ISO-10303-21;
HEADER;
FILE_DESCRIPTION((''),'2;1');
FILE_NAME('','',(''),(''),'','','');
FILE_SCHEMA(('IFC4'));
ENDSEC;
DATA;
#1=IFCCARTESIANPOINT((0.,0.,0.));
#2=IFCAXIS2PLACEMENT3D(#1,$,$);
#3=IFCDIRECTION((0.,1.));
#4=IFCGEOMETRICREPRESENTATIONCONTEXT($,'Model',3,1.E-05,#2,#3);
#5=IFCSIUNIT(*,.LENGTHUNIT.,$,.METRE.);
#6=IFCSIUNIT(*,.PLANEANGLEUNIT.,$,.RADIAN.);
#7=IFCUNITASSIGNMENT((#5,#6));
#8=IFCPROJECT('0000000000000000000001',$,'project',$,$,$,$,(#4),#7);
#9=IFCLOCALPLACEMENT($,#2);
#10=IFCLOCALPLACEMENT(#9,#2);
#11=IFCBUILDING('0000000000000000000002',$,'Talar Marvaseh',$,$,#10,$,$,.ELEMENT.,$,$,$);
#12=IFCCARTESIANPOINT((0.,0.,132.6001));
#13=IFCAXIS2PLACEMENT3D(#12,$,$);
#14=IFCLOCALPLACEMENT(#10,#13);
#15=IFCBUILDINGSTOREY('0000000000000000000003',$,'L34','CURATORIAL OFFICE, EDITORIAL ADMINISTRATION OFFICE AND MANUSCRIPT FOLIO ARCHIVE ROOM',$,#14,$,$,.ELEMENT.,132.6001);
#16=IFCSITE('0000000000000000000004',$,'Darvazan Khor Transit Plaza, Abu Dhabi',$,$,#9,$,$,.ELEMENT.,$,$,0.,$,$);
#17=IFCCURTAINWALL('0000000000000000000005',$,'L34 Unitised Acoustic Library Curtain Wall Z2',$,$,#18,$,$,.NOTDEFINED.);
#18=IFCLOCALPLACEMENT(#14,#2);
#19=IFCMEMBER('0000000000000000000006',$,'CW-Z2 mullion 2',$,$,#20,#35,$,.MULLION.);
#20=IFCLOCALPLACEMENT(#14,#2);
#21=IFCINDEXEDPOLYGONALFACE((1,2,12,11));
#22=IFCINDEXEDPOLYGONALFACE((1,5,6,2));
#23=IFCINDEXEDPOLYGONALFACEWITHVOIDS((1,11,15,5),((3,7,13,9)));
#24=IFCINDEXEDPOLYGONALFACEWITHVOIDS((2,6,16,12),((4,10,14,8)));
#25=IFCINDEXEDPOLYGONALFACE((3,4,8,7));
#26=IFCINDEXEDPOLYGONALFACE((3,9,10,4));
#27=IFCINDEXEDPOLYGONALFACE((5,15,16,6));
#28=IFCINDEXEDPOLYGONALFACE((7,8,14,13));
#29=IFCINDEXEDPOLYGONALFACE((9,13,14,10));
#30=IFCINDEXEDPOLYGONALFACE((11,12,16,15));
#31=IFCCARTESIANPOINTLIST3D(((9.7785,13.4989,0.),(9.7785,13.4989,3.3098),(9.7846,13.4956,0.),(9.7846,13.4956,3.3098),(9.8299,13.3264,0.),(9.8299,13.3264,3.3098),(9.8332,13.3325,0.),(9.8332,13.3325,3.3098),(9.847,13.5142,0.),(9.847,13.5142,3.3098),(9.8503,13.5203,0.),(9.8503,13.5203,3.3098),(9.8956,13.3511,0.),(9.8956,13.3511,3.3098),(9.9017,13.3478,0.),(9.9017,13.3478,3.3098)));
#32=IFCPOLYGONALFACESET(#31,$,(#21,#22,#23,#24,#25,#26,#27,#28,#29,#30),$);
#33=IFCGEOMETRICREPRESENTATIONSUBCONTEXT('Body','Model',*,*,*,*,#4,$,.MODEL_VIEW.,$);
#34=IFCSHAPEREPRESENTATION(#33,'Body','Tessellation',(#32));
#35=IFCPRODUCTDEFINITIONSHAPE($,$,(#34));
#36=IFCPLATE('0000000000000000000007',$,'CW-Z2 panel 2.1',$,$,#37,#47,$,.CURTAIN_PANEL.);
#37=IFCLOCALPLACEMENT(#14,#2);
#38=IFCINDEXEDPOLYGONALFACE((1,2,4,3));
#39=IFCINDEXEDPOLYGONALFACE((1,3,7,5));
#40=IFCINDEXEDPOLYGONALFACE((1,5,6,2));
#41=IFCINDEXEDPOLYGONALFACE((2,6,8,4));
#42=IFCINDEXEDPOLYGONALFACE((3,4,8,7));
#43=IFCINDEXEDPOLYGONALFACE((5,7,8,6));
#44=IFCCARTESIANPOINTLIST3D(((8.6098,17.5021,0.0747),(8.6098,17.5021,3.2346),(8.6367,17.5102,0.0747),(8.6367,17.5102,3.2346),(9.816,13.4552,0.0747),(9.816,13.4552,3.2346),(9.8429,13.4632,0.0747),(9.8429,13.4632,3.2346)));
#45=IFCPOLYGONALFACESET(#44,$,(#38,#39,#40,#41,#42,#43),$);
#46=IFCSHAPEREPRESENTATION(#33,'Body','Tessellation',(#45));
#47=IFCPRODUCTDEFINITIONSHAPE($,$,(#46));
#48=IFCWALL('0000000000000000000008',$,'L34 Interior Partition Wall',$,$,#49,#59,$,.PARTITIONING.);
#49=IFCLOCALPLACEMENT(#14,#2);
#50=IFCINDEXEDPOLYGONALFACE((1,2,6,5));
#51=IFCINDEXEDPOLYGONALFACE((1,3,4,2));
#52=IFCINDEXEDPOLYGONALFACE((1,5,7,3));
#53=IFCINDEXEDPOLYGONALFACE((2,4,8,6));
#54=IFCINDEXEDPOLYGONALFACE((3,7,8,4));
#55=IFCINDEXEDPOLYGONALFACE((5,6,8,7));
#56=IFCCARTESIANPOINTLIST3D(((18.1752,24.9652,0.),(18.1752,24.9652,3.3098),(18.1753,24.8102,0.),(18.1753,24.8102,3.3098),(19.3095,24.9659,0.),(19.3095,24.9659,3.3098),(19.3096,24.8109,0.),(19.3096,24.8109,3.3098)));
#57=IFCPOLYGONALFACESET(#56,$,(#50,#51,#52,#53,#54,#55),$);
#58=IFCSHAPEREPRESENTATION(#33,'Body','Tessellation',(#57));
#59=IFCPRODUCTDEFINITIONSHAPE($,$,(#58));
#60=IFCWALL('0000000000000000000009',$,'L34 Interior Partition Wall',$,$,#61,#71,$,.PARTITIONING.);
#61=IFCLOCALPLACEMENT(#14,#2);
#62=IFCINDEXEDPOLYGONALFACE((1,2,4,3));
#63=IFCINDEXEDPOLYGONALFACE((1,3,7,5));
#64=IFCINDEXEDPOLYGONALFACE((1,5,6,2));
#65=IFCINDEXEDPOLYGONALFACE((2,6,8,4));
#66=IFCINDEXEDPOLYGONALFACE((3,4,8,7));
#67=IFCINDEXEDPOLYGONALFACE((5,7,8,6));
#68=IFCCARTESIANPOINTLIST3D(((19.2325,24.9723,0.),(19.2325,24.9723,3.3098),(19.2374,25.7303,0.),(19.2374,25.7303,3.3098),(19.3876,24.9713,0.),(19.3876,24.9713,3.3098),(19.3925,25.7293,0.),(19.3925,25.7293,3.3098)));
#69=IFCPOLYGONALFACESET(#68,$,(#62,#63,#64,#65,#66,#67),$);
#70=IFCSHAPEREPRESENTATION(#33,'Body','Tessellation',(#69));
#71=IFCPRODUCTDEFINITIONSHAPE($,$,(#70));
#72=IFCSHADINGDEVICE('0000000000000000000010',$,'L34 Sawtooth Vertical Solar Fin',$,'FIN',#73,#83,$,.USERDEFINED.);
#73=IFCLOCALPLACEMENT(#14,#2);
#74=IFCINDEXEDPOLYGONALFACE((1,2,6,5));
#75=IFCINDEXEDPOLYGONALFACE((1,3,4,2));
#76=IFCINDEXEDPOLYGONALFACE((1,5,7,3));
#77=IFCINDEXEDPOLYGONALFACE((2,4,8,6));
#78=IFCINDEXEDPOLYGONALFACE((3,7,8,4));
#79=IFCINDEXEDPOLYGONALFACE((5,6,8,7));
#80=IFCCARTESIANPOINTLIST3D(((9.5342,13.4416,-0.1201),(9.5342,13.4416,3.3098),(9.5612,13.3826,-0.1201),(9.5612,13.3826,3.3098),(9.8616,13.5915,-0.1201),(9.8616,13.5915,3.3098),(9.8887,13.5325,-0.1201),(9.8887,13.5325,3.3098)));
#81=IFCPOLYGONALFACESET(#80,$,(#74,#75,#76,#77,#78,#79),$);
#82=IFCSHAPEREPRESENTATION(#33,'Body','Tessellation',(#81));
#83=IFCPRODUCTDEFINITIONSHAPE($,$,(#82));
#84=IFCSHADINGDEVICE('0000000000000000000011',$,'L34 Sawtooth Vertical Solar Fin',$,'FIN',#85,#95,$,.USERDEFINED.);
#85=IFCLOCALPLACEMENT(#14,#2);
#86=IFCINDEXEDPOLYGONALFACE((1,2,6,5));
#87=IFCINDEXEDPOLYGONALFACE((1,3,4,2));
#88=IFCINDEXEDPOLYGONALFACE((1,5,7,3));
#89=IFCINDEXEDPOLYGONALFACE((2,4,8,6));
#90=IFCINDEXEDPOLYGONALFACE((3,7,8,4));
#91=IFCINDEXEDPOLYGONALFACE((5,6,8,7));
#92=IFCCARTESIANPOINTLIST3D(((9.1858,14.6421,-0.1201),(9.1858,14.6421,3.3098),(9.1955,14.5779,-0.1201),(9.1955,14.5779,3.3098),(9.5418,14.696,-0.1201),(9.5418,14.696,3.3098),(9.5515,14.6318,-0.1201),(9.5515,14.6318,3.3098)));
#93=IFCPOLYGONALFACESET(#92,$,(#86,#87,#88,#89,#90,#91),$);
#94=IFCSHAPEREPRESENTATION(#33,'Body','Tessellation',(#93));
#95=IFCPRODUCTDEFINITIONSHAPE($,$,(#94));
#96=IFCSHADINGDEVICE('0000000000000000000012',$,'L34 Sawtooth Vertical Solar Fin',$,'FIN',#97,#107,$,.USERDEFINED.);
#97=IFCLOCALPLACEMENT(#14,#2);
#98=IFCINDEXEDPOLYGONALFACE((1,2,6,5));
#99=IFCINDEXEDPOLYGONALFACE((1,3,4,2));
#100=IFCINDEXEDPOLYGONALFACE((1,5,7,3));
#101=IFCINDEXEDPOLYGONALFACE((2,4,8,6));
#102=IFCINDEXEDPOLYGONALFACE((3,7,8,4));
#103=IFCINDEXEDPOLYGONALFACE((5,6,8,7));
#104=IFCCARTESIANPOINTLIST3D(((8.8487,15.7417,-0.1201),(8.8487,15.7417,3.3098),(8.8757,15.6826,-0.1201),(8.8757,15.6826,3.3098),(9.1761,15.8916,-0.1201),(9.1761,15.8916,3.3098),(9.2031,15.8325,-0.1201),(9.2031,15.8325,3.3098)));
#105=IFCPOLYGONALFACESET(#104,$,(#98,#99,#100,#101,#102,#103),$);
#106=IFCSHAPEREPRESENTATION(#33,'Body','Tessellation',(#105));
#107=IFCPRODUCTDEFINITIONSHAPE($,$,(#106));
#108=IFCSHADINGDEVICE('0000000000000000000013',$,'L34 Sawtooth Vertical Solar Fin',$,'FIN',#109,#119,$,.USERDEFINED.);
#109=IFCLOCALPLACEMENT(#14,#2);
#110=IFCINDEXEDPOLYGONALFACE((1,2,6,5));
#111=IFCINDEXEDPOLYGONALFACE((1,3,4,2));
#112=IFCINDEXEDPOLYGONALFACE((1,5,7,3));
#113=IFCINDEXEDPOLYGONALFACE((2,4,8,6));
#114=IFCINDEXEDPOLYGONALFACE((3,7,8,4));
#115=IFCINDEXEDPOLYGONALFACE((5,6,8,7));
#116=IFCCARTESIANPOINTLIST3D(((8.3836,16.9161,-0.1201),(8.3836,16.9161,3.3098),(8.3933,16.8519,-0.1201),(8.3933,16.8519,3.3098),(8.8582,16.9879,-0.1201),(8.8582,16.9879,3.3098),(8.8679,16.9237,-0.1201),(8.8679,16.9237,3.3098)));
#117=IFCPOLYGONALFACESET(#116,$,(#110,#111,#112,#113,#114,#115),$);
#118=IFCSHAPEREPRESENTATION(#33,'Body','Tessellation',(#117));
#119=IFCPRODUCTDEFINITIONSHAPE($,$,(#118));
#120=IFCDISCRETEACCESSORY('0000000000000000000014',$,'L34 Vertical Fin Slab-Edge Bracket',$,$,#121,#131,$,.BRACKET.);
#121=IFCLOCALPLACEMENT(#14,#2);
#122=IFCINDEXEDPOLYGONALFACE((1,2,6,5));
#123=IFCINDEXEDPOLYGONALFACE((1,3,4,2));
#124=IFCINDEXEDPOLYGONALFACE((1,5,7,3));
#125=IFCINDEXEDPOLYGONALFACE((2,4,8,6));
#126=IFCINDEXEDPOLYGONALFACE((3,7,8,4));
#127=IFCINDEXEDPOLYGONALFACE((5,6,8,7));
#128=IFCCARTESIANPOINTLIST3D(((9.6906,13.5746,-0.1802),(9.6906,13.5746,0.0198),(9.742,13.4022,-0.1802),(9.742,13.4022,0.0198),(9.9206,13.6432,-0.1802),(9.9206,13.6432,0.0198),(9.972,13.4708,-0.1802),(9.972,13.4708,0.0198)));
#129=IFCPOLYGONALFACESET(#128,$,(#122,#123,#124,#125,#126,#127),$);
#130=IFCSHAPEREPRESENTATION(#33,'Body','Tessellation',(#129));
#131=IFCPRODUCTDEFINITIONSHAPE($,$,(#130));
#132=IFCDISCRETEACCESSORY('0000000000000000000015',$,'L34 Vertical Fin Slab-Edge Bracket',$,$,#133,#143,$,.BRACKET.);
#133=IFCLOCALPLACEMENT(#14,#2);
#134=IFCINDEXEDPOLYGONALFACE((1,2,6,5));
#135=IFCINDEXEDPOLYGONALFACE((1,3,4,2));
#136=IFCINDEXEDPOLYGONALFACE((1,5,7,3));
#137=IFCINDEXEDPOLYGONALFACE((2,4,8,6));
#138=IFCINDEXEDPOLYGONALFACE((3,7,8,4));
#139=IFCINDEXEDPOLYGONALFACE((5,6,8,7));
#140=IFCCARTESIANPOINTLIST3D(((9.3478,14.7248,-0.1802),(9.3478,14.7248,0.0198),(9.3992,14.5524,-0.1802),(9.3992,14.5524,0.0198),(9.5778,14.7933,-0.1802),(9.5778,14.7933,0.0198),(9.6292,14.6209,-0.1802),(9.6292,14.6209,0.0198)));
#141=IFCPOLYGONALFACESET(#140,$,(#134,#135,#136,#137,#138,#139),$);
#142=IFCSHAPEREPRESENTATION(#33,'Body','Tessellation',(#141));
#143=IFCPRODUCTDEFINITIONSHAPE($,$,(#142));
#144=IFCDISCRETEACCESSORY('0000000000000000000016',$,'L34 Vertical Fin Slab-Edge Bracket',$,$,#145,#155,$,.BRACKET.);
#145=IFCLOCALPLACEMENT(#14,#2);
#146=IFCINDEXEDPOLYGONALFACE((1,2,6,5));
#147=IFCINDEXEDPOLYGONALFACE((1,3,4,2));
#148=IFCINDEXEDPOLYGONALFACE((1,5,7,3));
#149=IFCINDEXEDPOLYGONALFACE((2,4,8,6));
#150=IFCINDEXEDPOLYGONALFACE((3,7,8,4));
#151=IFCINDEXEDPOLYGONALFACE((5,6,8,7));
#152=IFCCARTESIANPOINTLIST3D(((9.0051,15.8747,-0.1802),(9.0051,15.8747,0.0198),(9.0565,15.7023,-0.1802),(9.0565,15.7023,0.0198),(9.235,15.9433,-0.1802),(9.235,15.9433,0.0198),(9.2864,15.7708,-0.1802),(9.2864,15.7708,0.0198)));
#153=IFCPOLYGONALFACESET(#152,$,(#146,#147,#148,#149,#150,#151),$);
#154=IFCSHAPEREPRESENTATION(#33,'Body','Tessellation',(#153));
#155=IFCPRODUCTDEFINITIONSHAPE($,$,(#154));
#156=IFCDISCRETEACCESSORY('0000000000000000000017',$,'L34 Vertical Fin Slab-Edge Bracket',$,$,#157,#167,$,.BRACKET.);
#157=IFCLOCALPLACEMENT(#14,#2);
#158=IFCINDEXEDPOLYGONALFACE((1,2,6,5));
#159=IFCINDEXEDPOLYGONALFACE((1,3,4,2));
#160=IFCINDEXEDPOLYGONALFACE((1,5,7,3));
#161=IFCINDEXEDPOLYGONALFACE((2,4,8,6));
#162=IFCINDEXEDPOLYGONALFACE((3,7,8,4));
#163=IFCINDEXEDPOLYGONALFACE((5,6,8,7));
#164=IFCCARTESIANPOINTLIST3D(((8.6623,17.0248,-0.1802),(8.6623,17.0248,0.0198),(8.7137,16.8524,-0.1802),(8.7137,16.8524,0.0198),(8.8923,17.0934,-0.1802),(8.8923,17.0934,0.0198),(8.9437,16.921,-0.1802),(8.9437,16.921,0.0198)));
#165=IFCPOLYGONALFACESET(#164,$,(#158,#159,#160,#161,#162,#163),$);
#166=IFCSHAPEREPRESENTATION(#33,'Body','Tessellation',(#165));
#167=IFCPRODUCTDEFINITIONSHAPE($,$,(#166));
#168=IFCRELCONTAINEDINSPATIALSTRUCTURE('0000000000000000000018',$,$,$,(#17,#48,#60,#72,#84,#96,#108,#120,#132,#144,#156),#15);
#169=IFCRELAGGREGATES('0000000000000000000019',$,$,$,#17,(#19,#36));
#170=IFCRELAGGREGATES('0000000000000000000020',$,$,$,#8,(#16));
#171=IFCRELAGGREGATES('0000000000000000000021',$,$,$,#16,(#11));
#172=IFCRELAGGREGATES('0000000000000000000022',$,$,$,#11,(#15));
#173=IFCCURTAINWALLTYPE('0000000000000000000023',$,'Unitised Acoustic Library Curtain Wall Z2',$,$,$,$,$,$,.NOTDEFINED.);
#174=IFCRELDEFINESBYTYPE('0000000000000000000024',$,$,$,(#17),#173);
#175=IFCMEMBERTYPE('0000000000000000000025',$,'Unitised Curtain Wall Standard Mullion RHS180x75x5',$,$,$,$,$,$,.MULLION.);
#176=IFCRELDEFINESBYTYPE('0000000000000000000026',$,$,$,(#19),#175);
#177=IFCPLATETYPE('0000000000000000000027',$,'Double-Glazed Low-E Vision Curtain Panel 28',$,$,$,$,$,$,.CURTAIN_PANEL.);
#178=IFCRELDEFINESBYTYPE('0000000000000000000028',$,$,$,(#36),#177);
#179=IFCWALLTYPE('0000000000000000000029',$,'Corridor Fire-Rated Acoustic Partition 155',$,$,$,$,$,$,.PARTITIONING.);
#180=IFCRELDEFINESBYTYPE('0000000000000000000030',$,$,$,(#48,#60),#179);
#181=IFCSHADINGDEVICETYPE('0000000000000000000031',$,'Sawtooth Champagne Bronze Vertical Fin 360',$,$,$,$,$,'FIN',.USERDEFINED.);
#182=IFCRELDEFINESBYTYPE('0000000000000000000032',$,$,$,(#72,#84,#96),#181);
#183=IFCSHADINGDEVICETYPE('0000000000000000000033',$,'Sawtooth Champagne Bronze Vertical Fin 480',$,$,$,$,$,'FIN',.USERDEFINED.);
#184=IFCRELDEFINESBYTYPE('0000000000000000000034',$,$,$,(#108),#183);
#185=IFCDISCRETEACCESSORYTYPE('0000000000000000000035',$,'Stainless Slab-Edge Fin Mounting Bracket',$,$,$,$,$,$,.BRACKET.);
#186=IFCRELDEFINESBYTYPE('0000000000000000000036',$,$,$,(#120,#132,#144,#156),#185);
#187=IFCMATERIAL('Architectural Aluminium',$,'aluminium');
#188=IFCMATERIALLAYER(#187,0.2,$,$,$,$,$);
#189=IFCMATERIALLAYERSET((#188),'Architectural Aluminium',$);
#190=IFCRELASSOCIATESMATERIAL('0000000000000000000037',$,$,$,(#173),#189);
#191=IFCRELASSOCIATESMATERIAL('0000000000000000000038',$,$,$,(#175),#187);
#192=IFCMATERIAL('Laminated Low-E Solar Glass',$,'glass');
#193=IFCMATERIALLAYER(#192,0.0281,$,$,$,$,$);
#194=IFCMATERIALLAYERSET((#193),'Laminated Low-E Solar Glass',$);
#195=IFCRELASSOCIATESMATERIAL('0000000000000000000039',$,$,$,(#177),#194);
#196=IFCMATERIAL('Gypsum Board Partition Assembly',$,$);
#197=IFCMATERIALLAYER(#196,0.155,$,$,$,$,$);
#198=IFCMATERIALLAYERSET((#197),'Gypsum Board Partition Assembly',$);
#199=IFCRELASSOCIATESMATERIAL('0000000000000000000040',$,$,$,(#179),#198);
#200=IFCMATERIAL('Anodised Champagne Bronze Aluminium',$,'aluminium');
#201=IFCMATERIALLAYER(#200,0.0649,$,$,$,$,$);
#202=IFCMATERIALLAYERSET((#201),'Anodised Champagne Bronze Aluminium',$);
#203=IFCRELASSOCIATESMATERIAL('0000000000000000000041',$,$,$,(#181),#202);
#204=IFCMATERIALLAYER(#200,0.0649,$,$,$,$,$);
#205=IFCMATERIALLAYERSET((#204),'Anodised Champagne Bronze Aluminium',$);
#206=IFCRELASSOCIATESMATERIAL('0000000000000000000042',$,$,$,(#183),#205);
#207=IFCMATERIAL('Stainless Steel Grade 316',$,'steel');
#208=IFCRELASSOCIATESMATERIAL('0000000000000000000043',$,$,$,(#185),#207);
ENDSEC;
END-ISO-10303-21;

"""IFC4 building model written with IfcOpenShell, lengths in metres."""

from ifc_helpers import new_model, si_unit, direction, frame, frame_2d, origin, origin_2d, place, context, subcontext, project, spatial, rectangle, hollow_rectangle, extrude, source, transform, mapped, material, layer, layer_set, material_profile, profile_set, type_object, type_shapes, element, aggregate, save


model = new_model("IFC4")

# Units and contexts
model_context = context("Model", 3, precision=1e-05, world=origin(), true_north=direction((0.0, 1.0)))
body_context = subcontext(model_context, "Body", "Model", "MODEL_VIEW")
ifc_project = project(units=[si_unit("LENGTHUNIT", "METRE"), si_unit("PLANEANGLEUNIT", "RADIAN")], contexts=[model_context])

# Site, building, storey
site_placement = place(None, origin())
site = spatial("IfcSite", under=ifc_project, at=site_placement, Name="Darvazan Khor Transit Plaza, Abu Dhabi", CompositionType="ELEMENT", RefElevation=0.0)
building_placement = place(site_placement, origin())
building = spatial("IfcBuilding", under=site, at=building_placement, Name="Talar Marvaseh", CompositionType="ELEMENT")
storey_placement = place(building_placement, frame((0.0, 0.0, 132.6001)))
storey = spatial("IfcBuildingStorey", under=building, at=storey_placement, Name="L34", Description="CURATORIAL OFFICE, EDITORIAL ADMINISTRATION OFFICE AND MANUSCRIPT FOLIO ARCHIVE ROOM", CompositionType="ELEMENT", Elevation=132.6001)

# Curtain wall, member, plate
ifc_material_1 = material(Name="Architectural Aluminium", Category="aluminium")
ifc_layer_1 = layer(ifc_material_1, 0.2)
ifc_layer_set_1 = layer_set([ifc_layer_1], Name="Architectural Aluminium")
curtain_wall_type = type_object("IfcCurtainWallType", Name="Unitised Acoustic Library Curtain Wall Z2", PredefinedType="NOTDEFINED", material=ifc_layer_set_1)
curtain_wall_placement = place(storey_placement, origin())
curtain_wall = element("IfcCurtainWall", 1, at=curtain_wall_placement, inside=storey, type_object=curtain_wall_type, Name="L34 Unitised Acoustic Library Curtain Wall Z2", PredefinedType="NOTDEFINED")
ifc_material_profile_1 = material_profile(ifc_material_1, hollow_rectangle(XDim=0.075, YDim=0.1799, WallThickness=0.0049, at=origin_2d()), Name="RHS180x75x5")
ifc_profile_set_1 = profile_set([ifc_material_profile_1], Name="Architectural Aluminium")
member_type_1 = type_object("IfcMemberType", Name="Unitised Curtain Wall Standard Mullion RHS180x75x5", PredefinedType="MULLION", material=ifc_profile_set_1)
shared_shape_1 = source(origin(), body_context, "Body", "SweptSolid", [
    extrude(hollow_rectangle(XDim=0.075, YDim=0.1799, WallThickness=0.0049, at=origin_2d()), origin(), (0.0, 0.0, 1.0), 3.3098),
])
type_shapes(member_type_1, [shared_shape_1])
member_1_placement = place(storey_placement, frame((9.8401, 13.4233, 0.0), z_axis=(0.0, 0.0, 1.0), x_axis=(-0.958341, -0.285628, 0.0)))
member_1 = element("IfcMember", 2, at=member_1_placement, type_object=member_type_1, Name="CW-Z2 mullion 2", PredefinedType="MULLION", context=body_context, shape_type="MappedRepresentation", body=[
    mapped(shared_shape_1, transform((0.0, 0.0, 0.0), x_axis=(1.0, 0.0, 0.0), y_axis=(0.0, 1.0, 0.0), z_axis=(0.0, 0.0, 1.0), scale=1.0)),
])
ifc_material_2 = material(Name="Laminated Low-E Solar Glass", Category="glass")
ifc_layer_2 = layer(ifc_material_2, 0.0281)
ifc_layer_set_2 = layer_set([ifc_layer_2], Name="Laminated Low-E Solar Glass")
plate_type = type_object("IfcPlateType", Name="Double-Glazed Low-E Vision Curtain Panel 28", PredefinedType="CURTAIN_PANEL", material=ifc_layer_set_2)
shared_shape_2 = source(origin(), body_context, "Body", "SweptSolid", [
    extrude(rectangle(XDim=4.2229, YDim=0.0281, at=origin_2d()), origin(), (0.0, 0.0, 1.0), 3.1599),
])
type_shapes(plate_type, [shared_shape_2])
plate_placement = place(storey_placement, frame((9.2263, 15.4827, 0.0747), z_axis=(0.0, 0.0, 1.0), x_axis=(-0.285628, 0.958341, 0.0)))
plate = element("IfcPlate", 3, at=plate_placement, type_object=plate_type, Name="CW-Z2 panel 2.1", PredefinedType="CURTAIN_PANEL", context=body_context, shape_type="MappedRepresentation", body=[
    mapped(shared_shape_2, transform((0.0, 0.0, 0.0), x_axis=(1.0, 0.0, 0.0), y_axis=(0.0, 1.0, 0.0), z_axis=(0.0, 0.0, 1.0), scale=1.0)),
])
aggregate(curtain_wall, [member_1, plate])

# Walls
ifc_material_3 = material(Name="Gypsum Board Partition Assembly")
ifc_layer_3 = layer(ifc_material_3, 0.155)
ifc_layer_set_3 = layer_set([ifc_layer_3], Name="Gypsum Board Partition Assembly")
wall_type = type_object("IfcWallType", Name="Corridor Fire-Rated Acoustic Partition 155", PredefinedType="PARTITIONING", material=ifc_layer_set_3)
wall_1_placement = place(storey_placement, frame((18.1753, 24.8877, 0.0), z_axis=(0.0, 0.0, 1.0), x_axis=(1.0, 0.000646, 0.0)))
element("IfcWall", 4, at=wall_1_placement, inside=storey, type_object=wall_type, Name="L34 Interior Partition Wall", PredefinedType="PARTITIONING", context=body_context, shape_type="SweptSolid", body=[
    extrude(rectangle(XDim=1.1343, YDim=0.155, at=frame_2d((0.5671, 0.0))), origin(), (0.0, 0.0, 1.0), 3.3098),
])
wall_2_placement = place(storey_placement, frame((19.3101, 24.9719, 0.0), z_axis=(0.0, 0.0, 1.0), x_axis=(0.006441, 0.999979, 0.0)))
element("IfcWall", 5, at=wall_2_placement, inside=storey, type_object=wall_type, Name="L34 Interior Partition Wall", PredefinedType="PARTITIONING", context=body_context, shape_type="SweptSolid", body=[
    extrude(rectangle(XDim=0.7581, YDim=0.155, at=frame_2d((0.3789, 0.0))), origin(), (0.0, 0.0, 1.0), 3.3098),
])

# Shading devices
ifc_material_4 = material(Name="Anodised Champagne Bronze Aluminium", Category="aluminium")
ifc_layer_4 = layer(ifc_material_4, 0.0649)
ifc_layer_set_4 = layer_set([ifc_layer_4], Name="Anodised Champagne Bronze Aluminium")
shading_device_type_1 = type_object("IfcShadingDeviceType", Name="Sawtooth Champagne Bronze Vertical Fin 360", ElementType="FIN", PredefinedType="USERDEFINED", material=ifc_layer_set_4)
shared_shape_3 = source(origin(), body_context, "Body", "SweptSolid", [
    extrude(rectangle(XDim=0.3601, YDim=0.0649, at=origin_2d()), origin(), (0.0, 0.0, 1.0), 3.4299),
])
type_shapes(shading_device_type_1, [shared_shape_3])
for number, where, z_axis, x_axis, name in (
    (6, (9.7114, 13.4871, -0.1201), (0.0, 0.0, 1.0), (-0.909236, -0.416281, 0.0), "L34 Sawtooth Vertical Solar Fin"),
    (7, (9.3687, 14.637, -0.1201), (0.0, 0.0, 1.0), (-0.988756, -0.149535, 0.0), "L34 Sawtooth Vertical Solar Fin"),
    (8, (9.0259, 15.7871, -0.1201), (0.0, 0.0, 1.0), (-0.909236, -0.416281, 0.0), "L34 Sawtooth Vertical Solar Fin"),
):
    element("IfcShadingDevice", number, at=place(storey_placement, frame(where, z_axis=z_axis, x_axis=x_axis)), inside=storey, type_object=shading_device_type_1, Name=name, ObjectType="FIN", PredefinedType="USERDEFINED", context=body_context, shape_type="MappedRepresentation", body=[
        mapped(shared_shape_3, transform((0.0, 0.0, 0.0), x_axis=(1.0, 0.0, 0.0), y_axis=(0.0, 1.0, 0.0), z_axis=(0.0, 0.0, 1.0), scale=1.0)),
    ])
ifc_layer_5 = layer(ifc_material_4, 0.0649)
ifc_layer_set_5 = layer_set([ifc_layer_5], Name="Anodised Champagne Bronze Aluminium")
shading_device_type_2 = type_object("IfcShadingDeviceType", Name="Sawtooth Champagne Bronze Vertical Fin 480", ElementType="FIN", PredefinedType="USERDEFINED", material=ifc_layer_set_5)
shared_shape_4 = source(origin(), body_context, "Body", "SweptSolid", [
    extrude(rectangle(XDim=0.48, YDim=0.0649, at=origin_2d()), origin(), (0.0, 0.0, 1.0), 3.4299),
])
type_shapes(shading_device_type_2, [shared_shape_4])
shading_device_placement = place(storey_placement, frame((8.6257, 16.9199, -0.1201), z_axis=(0.0, 0.0, 1.0), x_axis=(-0.988756, -0.149535, 0.0)))
element("IfcShadingDevice", 9, at=shading_device_placement, inside=storey, type_object=shading_device_type_2, Name="L34 Sawtooth Vertical Solar Fin", ObjectType="FIN", PredefinedType="USERDEFINED", context=body_context, shape_type="MappedRepresentation", body=[
    mapped(shared_shape_4, transform((0.0, 0.0, 0.0), x_axis=(1.0, 0.0, 0.0), y_axis=(0.0, 1.0, 0.0), z_axis=(0.0, 0.0, 1.0), scale=1.0)),
])

# Discrete accessories
ifc_material_5 = material(Name="Stainless Steel Grade 316", Category="steel")
discrete_accessory_type = type_object("IfcDiscreteAccessoryType", Name="Stainless Slab-Edge Fin Mounting Bracket", PredefinedType="BRACKET", material=ifc_material_5)
shared_shape_5 = source(origin(), body_context, "Body", "SweptSolid", [
    extrude(rectangle(XDim=0.24, YDim=0.1799, at=origin_2d()), origin(), (0.0, 0.0, 1.0), 0.2),
])
type_shapes(discrete_accessory_type, [shared_shape_5])
for number, where, z_axis, x_axis, name in (
    (10, (9.8313, 13.5227, -0.1802), (0.0, 0.0, 1.0), (-0.958323, -0.285688, 0.0), "L34 Vertical Fin Slab-Edge Bracket"),
    (11, (9.4885, 14.6729, -0.1802), (0.0, 0.0, 1.0), (-0.958323, -0.285688, 0.0), "L34 Vertical Fin Slab-Edge Bracket"),
    (12, (9.1458, 15.8228, -0.1802), (0.0, 0.0, 1.0), (-0.958323, -0.285688, 0.0), "L34 Vertical Fin Slab-Edge Bracket"),
    (13, (8.803, 16.9729, -0.1802), (0.0, 0.0, 1.0), (-0.958323, -0.285688, 0.0), "L34 Vertical Fin Slab-Edge Bracket"),
):
    element("IfcDiscreteAccessory", number, at=place(storey_placement, frame(where, z_axis=z_axis, x_axis=x_axis)), inside=storey, type_object=discrete_accessory_type, Name=name, PredefinedType="BRACKET", context=body_context, shape_type="MappedRepresentation", body=[
        mapped(shared_shape_5, transform((0.0, 0.0, 0.0), x_axis=(1.0, 0.0, 0.0), y_axis=(0.0, 1.0, 0.0), z_axis=(0.0, 0.0, 1.0), scale=1.0)),
    ])

save(model, "model.ifc")
